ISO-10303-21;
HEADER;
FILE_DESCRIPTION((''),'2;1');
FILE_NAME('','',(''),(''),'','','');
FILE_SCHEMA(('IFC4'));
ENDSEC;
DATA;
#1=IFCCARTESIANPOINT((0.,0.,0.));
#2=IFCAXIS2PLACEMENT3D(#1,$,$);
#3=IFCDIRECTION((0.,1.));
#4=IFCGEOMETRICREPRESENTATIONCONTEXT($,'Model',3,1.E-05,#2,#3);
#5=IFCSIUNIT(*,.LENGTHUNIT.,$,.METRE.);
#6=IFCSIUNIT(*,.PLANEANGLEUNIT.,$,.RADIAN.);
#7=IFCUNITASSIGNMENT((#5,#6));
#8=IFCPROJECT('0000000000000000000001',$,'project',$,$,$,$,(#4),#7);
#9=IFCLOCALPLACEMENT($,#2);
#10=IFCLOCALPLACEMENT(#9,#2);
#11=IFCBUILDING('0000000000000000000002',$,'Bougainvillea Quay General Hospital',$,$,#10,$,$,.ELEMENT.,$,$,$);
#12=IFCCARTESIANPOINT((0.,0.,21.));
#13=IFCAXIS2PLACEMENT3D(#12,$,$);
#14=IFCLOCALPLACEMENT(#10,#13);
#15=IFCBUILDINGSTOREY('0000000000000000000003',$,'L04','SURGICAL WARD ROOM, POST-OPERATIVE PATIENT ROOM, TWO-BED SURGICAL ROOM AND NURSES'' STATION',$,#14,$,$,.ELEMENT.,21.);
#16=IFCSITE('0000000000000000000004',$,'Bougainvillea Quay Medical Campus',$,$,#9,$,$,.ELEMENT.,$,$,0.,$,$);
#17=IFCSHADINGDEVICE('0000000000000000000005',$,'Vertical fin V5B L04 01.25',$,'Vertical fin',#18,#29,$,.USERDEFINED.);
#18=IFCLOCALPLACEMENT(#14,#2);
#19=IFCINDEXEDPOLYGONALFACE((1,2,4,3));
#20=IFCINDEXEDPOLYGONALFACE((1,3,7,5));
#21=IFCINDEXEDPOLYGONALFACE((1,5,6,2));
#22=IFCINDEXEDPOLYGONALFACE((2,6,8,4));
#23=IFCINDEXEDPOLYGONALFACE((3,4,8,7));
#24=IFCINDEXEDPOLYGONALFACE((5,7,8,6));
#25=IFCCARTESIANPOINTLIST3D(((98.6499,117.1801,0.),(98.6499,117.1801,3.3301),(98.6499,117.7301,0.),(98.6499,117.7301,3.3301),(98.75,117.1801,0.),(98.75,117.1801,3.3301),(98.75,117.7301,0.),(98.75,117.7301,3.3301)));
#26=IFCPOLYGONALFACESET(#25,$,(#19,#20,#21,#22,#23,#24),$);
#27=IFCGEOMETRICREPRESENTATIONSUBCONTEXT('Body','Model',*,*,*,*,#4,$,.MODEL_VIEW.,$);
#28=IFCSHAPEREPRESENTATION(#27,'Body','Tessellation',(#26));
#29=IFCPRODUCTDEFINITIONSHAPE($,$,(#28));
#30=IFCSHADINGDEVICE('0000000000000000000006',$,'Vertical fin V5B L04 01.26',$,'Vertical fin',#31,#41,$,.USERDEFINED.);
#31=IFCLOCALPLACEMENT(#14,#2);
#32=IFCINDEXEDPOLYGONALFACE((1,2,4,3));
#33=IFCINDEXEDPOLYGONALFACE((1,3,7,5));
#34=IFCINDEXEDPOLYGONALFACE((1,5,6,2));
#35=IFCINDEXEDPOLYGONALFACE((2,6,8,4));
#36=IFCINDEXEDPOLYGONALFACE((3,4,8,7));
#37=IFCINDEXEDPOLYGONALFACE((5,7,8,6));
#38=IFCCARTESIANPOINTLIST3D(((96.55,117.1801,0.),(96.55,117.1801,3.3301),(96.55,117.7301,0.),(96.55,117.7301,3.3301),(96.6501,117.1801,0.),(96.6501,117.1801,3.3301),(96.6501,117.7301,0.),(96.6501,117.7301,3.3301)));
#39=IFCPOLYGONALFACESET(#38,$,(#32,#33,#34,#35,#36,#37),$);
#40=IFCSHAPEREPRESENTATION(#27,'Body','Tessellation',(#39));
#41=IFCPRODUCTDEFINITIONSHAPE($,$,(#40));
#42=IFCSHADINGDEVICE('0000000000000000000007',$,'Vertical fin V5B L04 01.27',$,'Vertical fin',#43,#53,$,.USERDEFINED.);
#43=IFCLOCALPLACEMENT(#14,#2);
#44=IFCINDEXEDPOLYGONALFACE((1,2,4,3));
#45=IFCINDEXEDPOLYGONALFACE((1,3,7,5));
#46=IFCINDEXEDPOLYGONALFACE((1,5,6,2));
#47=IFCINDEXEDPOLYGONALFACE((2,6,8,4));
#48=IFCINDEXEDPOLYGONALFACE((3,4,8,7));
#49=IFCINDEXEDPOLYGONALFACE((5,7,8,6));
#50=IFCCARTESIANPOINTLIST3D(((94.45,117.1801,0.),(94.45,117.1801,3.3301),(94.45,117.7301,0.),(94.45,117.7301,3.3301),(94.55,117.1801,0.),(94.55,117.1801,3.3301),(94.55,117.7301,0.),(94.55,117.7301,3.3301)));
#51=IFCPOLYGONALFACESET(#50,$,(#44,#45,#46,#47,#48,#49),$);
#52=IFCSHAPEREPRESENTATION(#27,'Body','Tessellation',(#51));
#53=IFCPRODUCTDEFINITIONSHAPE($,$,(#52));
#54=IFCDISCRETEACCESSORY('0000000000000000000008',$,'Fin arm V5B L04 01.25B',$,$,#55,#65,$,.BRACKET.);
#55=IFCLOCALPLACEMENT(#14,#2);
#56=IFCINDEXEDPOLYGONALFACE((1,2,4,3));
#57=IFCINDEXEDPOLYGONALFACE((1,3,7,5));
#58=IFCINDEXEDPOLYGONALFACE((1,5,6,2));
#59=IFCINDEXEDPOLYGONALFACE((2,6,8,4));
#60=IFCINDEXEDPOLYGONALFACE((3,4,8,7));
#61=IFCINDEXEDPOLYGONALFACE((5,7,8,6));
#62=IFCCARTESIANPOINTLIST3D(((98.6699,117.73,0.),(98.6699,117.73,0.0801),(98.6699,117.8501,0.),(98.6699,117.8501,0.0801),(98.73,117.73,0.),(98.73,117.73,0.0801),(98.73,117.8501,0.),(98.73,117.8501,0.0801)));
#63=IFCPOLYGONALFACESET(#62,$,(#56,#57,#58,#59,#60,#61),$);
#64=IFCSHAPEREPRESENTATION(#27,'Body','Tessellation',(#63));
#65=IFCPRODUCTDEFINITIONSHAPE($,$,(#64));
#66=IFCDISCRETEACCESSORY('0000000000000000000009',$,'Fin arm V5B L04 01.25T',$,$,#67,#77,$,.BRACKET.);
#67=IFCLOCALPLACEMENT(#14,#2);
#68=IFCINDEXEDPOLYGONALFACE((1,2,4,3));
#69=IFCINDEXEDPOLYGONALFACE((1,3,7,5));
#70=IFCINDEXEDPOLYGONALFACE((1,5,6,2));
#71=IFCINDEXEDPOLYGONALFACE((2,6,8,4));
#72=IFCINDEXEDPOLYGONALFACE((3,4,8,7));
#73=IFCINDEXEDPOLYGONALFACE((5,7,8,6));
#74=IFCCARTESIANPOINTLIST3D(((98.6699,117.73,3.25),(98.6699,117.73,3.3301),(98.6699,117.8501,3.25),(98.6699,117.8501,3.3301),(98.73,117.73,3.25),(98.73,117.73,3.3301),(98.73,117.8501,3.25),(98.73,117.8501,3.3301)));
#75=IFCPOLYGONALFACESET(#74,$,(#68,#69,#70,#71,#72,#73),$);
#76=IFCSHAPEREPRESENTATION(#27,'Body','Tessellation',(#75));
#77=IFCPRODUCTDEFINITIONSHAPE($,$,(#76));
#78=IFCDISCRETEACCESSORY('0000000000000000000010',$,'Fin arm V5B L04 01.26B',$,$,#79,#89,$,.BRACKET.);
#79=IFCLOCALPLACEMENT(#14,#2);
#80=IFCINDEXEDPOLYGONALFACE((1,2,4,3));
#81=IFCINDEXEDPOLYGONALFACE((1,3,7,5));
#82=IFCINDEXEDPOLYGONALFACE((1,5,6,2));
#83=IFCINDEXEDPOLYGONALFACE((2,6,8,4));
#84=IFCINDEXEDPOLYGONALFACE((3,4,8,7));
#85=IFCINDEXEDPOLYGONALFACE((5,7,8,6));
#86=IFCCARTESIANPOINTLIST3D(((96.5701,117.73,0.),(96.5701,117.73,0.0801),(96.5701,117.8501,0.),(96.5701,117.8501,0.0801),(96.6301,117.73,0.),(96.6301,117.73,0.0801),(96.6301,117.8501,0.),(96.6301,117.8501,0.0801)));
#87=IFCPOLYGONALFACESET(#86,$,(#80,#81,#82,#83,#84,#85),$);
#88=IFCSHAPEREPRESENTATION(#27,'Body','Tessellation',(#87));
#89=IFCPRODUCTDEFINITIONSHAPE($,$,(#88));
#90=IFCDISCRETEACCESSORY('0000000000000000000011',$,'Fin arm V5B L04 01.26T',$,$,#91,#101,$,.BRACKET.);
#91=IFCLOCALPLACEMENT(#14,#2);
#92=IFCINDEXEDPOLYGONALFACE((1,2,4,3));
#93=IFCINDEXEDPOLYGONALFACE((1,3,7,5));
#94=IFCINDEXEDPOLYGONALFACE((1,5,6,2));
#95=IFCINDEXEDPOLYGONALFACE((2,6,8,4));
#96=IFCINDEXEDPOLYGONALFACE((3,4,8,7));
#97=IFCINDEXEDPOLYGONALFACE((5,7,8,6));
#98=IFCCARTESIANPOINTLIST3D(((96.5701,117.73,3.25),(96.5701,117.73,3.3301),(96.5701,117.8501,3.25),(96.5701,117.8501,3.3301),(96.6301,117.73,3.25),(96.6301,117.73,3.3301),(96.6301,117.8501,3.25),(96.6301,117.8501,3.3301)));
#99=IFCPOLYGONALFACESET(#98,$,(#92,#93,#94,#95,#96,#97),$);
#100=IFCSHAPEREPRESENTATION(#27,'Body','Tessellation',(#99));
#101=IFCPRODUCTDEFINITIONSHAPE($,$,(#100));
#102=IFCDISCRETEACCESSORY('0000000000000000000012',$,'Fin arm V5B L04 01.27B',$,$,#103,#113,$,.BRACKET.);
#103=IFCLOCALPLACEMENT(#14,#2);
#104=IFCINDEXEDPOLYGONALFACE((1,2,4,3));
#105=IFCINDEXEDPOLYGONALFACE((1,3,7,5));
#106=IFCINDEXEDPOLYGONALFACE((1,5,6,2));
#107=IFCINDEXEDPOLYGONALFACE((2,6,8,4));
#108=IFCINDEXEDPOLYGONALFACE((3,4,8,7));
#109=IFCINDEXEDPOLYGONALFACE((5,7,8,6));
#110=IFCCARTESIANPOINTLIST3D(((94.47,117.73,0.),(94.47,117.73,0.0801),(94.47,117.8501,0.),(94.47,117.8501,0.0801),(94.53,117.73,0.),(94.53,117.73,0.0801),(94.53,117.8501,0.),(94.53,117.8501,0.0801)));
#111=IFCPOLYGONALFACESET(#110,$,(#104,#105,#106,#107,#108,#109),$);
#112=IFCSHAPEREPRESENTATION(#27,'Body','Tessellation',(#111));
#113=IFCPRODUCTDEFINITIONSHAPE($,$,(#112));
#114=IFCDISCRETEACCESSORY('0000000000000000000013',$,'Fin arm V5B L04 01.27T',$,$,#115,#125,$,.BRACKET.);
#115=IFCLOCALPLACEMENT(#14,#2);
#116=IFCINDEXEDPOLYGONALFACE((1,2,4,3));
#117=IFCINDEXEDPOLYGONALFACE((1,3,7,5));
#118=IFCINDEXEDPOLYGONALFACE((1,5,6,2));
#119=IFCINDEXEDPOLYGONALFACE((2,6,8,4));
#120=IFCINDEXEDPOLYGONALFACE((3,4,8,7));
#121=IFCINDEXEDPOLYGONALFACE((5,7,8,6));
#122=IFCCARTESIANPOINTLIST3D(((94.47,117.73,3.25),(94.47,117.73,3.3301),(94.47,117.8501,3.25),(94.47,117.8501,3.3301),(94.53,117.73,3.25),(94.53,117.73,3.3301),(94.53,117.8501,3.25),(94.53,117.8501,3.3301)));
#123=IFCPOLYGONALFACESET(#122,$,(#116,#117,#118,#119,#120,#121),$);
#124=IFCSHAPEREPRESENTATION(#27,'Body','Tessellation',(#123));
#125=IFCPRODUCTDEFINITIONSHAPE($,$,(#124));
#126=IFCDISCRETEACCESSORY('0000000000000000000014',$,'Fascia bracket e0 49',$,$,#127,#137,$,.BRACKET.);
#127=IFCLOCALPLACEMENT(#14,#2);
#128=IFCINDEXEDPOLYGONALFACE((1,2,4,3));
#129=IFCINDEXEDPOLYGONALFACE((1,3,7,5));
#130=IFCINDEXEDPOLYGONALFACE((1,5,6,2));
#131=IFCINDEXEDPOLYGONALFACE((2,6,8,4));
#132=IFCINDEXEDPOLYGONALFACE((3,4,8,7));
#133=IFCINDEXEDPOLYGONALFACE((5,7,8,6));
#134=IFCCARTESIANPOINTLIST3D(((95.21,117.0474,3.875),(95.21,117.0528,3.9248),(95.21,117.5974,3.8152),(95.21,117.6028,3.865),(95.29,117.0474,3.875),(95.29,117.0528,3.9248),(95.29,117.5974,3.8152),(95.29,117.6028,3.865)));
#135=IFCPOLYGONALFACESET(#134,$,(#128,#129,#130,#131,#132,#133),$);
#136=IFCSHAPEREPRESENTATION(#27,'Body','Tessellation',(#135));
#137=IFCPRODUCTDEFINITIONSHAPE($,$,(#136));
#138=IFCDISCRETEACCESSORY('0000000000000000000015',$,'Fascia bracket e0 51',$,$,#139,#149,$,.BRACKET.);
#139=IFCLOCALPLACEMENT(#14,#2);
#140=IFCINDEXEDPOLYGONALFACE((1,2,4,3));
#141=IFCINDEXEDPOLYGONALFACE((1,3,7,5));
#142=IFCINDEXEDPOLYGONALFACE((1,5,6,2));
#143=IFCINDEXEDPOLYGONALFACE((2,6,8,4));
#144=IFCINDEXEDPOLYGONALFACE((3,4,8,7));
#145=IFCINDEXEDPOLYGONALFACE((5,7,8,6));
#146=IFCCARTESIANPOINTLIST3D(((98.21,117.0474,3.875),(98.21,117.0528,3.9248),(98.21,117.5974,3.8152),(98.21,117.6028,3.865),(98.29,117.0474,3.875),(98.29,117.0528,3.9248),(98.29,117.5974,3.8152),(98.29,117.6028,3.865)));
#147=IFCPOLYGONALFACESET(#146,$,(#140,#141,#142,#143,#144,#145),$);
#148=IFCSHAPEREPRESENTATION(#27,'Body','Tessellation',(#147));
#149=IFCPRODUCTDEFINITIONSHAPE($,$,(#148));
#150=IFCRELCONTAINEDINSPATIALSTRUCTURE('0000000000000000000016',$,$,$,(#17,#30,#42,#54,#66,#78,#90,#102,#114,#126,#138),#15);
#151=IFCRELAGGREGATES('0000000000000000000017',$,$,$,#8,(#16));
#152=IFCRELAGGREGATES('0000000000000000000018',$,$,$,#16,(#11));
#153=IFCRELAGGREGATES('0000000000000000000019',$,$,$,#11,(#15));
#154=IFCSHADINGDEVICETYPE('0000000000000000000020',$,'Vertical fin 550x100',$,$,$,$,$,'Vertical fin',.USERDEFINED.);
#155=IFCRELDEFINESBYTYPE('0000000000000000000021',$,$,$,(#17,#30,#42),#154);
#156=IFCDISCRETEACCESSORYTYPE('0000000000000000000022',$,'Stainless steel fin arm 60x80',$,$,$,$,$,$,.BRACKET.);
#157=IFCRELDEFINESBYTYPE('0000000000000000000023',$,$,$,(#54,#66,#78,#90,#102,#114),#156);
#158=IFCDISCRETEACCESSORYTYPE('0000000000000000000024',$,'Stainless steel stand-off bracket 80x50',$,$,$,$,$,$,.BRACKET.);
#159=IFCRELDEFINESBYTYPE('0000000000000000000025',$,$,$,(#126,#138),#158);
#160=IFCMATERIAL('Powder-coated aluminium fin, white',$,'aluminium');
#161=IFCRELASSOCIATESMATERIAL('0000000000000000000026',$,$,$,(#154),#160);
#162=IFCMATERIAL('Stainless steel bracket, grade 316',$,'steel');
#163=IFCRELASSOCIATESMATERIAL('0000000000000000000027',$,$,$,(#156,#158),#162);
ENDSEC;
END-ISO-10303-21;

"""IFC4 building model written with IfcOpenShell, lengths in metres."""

from ifc_helpers import new_model, si_unit, direction, frame, origin, origin_2d, place, context, subcontext, project, spatial, rectangle, extrude, material, material_profile, profile_set, type_object, element, save


model = new_model("IFC4")

# Units and contexts
model_context = context("Model", 3, precision=1e-05, world=origin(), true_north=direction((0.0, 1.0)))
body_context = subcontext(model_context, "Body", "Model", "MODEL_VIEW")
ifc_project = project(units=[si_unit("LENGTHUNIT", "METRE"), si_unit("PLANEANGLEUNIT", "RADIAN")], contexts=[model_context])

# Site, building, storey
site_placement = place(None, origin())
site = spatial("IfcSite", under=ifc_project, at=site_placement, Name="Bougainvillea Quay Medical Campus", CompositionType="ELEMENT", RefElevation=0.0)
building_placement = place(site_placement, origin())
building = spatial("IfcBuilding", under=site, at=building_placement, Name="Bougainvillea Quay General Hospital", CompositionType="ELEMENT")
storey_placement = place(building_placement, frame((0.0, 0.0, 21.0)))
storey = spatial("IfcBuildingStorey", under=building, at=storey_placement, Name="L04", Description="SURGICAL WARD ROOM, POST-OPERATIVE PATIENT ROOM, TWO-BED SURGICAL ROOM AND NURSES' STATION", CompositionType="ELEMENT", Elevation=21.0)

# Shading devices
ifc_material_1 = material(Name="Powder-coated aluminium fin, white", Category="aluminium")
ifc_material_profile_1 = material_profile(ifc_material_1, rectangle(XDim=0.55, YDim=0.1001, at=origin_2d()))
ifc_profile_set_1 = profile_set([ifc_material_profile_1], Name="Powder-coated aluminium fin, white")
shading_device_type = type_object("IfcShadingDeviceType", Name="Vertical fin 550x100", ElementType="Vertical fin", PredefinedType="USERDEFINED", material=ifc_profile_set_1)
for number, where, z_axis, x_axis, name in (
    (1, (98.7, 117.4551, 0.0), (0.0, 0.0, 1.0), (0.0, -1.0, 0.0), "Vertical fin V5B L04 01.25"),
    (2, (96.6001, 117.4551, 0.0), (0.0, 0.0, 1.0), (0.0, -1.0, 0.0), "Vertical fin V5B L04 01.26"),
    (3, (94.5, 117.4551, 0.0), (0.0, 0.0, 1.0), (0.0, -1.0, 0.0), "Vertical fin V5B L04 01.27"),
):
    element("IfcShadingDevice", number, at=place(storey_placement, frame(where, z_axis=z_axis, x_axis=x_axis)), inside=storey, type_object=shading_device_type, Name=name, ObjectType="Vertical fin", PredefinedType="USERDEFINED", context=body_context, shape_type="SweptSolid", body=[
        extrude(rectangle(XDim=0.55, YDim=0.1001, at=origin_2d()), origin(), (0.0, 0.0, 1.0), 3.3301),
    ])

# Discrete accessories
ifc_material_2 = material(Name="Stainless steel bracket, grade 316", Category="steel")
discrete_accessory_type_1 = type_object("IfcDiscreteAccessoryType", Name="Stainless steel fin arm 60x80", PredefinedType="BRACKET", material=ifc_material_2)
for number, where, z_axis, x_axis, name in (
    (4, (98.7, 117.79, 0.0), (0.0, 0.0, 1.0), (0.0, -1.0, 0.0), "Fin arm V5B L04 01.25B"),
    (5, (98.7, 117.79, 3.25), (0.0, 0.0, 1.0), (0.0, -1.0, 0.0), "Fin arm V5B L04 01.25T"),
    (6, (96.6001, 117.79, 0.0), (0.0, 0.0, 1.0), (0.0, -1.0, 0.0), "Fin arm V5B L04 01.26B"),
    (7, (96.6001, 117.79, 3.25), (0.0, 0.0, 1.0), (0.0, -1.0, 0.0), "Fin arm V5B L04 01.26T"),
    (8, (94.5, 117.79, 0.0), (0.0, 0.0, 1.0), (0.0, -1.0, 0.0), "Fin arm V5B L04 01.27B"),
    (9, (94.5, 117.79, 3.25), (0.0, 0.0, 1.0), (0.0, -1.0, 0.0), "Fin arm V5B L04 01.27T"),
):
    element("IfcDiscreteAccessory", number, at=place(storey_placement, frame(where, z_axis=z_axis, x_axis=x_axis)), inside=storey, type_object=discrete_accessory_type_1, Name=name, PredefinedType="BRACKET", context=body_context, shape_type="SweptSolid", body=[
        extrude(rectangle(XDim=0.1201, YDim=0.0601, at=origin_2d()), origin(), (0.0, 0.0, 1.0), 0.0801),
    ])
ifc_material_profile_2 = material_profile(ifc_material_2, rectangle(XDim=0.0801, YDim=0.05, at=origin_2d()))
ifc_profile_set_2 = profile_set([ifc_material_profile_2], Name="Stainless steel bracket, grade 316")
discrete_accessory_type_2 = type_object("IfcDiscreteAccessoryType", Name="Stainless steel stand-off bracket 80x50", PredefinedType="BRACKET", material=ifc_profile_set_2)
for number, where, z_axis, x_axis, name in (
    (10, (95.25, 117.6001, 3.8401), (0.0, -0.994139, 0.108107), (1.0, 0.0, 0.0), "Fascia bracket e0 49"),
    (11, (98.25, 117.6001, 3.8401), (0.0, -0.994139, 0.108107), (1.0, 0.0, 0.0), "Fascia bracket e0 51"),
):
    element("IfcDiscreteAccessory", number, at=place(storey_placement, frame(where, z_axis=z_axis, x_axis=x_axis)), inside=storey, type_object=discrete_accessory_type_2, Name=name, PredefinedType="BRACKET", context=body_context, shape_type="SweptSolid", body=[
        extrude(rectangle(XDim=0.0801, YDim=0.05, at=origin_2d()), origin(), (0.0, 0.0, 1.0), 0.5532),
    ])

save(model, "model.ifc")
